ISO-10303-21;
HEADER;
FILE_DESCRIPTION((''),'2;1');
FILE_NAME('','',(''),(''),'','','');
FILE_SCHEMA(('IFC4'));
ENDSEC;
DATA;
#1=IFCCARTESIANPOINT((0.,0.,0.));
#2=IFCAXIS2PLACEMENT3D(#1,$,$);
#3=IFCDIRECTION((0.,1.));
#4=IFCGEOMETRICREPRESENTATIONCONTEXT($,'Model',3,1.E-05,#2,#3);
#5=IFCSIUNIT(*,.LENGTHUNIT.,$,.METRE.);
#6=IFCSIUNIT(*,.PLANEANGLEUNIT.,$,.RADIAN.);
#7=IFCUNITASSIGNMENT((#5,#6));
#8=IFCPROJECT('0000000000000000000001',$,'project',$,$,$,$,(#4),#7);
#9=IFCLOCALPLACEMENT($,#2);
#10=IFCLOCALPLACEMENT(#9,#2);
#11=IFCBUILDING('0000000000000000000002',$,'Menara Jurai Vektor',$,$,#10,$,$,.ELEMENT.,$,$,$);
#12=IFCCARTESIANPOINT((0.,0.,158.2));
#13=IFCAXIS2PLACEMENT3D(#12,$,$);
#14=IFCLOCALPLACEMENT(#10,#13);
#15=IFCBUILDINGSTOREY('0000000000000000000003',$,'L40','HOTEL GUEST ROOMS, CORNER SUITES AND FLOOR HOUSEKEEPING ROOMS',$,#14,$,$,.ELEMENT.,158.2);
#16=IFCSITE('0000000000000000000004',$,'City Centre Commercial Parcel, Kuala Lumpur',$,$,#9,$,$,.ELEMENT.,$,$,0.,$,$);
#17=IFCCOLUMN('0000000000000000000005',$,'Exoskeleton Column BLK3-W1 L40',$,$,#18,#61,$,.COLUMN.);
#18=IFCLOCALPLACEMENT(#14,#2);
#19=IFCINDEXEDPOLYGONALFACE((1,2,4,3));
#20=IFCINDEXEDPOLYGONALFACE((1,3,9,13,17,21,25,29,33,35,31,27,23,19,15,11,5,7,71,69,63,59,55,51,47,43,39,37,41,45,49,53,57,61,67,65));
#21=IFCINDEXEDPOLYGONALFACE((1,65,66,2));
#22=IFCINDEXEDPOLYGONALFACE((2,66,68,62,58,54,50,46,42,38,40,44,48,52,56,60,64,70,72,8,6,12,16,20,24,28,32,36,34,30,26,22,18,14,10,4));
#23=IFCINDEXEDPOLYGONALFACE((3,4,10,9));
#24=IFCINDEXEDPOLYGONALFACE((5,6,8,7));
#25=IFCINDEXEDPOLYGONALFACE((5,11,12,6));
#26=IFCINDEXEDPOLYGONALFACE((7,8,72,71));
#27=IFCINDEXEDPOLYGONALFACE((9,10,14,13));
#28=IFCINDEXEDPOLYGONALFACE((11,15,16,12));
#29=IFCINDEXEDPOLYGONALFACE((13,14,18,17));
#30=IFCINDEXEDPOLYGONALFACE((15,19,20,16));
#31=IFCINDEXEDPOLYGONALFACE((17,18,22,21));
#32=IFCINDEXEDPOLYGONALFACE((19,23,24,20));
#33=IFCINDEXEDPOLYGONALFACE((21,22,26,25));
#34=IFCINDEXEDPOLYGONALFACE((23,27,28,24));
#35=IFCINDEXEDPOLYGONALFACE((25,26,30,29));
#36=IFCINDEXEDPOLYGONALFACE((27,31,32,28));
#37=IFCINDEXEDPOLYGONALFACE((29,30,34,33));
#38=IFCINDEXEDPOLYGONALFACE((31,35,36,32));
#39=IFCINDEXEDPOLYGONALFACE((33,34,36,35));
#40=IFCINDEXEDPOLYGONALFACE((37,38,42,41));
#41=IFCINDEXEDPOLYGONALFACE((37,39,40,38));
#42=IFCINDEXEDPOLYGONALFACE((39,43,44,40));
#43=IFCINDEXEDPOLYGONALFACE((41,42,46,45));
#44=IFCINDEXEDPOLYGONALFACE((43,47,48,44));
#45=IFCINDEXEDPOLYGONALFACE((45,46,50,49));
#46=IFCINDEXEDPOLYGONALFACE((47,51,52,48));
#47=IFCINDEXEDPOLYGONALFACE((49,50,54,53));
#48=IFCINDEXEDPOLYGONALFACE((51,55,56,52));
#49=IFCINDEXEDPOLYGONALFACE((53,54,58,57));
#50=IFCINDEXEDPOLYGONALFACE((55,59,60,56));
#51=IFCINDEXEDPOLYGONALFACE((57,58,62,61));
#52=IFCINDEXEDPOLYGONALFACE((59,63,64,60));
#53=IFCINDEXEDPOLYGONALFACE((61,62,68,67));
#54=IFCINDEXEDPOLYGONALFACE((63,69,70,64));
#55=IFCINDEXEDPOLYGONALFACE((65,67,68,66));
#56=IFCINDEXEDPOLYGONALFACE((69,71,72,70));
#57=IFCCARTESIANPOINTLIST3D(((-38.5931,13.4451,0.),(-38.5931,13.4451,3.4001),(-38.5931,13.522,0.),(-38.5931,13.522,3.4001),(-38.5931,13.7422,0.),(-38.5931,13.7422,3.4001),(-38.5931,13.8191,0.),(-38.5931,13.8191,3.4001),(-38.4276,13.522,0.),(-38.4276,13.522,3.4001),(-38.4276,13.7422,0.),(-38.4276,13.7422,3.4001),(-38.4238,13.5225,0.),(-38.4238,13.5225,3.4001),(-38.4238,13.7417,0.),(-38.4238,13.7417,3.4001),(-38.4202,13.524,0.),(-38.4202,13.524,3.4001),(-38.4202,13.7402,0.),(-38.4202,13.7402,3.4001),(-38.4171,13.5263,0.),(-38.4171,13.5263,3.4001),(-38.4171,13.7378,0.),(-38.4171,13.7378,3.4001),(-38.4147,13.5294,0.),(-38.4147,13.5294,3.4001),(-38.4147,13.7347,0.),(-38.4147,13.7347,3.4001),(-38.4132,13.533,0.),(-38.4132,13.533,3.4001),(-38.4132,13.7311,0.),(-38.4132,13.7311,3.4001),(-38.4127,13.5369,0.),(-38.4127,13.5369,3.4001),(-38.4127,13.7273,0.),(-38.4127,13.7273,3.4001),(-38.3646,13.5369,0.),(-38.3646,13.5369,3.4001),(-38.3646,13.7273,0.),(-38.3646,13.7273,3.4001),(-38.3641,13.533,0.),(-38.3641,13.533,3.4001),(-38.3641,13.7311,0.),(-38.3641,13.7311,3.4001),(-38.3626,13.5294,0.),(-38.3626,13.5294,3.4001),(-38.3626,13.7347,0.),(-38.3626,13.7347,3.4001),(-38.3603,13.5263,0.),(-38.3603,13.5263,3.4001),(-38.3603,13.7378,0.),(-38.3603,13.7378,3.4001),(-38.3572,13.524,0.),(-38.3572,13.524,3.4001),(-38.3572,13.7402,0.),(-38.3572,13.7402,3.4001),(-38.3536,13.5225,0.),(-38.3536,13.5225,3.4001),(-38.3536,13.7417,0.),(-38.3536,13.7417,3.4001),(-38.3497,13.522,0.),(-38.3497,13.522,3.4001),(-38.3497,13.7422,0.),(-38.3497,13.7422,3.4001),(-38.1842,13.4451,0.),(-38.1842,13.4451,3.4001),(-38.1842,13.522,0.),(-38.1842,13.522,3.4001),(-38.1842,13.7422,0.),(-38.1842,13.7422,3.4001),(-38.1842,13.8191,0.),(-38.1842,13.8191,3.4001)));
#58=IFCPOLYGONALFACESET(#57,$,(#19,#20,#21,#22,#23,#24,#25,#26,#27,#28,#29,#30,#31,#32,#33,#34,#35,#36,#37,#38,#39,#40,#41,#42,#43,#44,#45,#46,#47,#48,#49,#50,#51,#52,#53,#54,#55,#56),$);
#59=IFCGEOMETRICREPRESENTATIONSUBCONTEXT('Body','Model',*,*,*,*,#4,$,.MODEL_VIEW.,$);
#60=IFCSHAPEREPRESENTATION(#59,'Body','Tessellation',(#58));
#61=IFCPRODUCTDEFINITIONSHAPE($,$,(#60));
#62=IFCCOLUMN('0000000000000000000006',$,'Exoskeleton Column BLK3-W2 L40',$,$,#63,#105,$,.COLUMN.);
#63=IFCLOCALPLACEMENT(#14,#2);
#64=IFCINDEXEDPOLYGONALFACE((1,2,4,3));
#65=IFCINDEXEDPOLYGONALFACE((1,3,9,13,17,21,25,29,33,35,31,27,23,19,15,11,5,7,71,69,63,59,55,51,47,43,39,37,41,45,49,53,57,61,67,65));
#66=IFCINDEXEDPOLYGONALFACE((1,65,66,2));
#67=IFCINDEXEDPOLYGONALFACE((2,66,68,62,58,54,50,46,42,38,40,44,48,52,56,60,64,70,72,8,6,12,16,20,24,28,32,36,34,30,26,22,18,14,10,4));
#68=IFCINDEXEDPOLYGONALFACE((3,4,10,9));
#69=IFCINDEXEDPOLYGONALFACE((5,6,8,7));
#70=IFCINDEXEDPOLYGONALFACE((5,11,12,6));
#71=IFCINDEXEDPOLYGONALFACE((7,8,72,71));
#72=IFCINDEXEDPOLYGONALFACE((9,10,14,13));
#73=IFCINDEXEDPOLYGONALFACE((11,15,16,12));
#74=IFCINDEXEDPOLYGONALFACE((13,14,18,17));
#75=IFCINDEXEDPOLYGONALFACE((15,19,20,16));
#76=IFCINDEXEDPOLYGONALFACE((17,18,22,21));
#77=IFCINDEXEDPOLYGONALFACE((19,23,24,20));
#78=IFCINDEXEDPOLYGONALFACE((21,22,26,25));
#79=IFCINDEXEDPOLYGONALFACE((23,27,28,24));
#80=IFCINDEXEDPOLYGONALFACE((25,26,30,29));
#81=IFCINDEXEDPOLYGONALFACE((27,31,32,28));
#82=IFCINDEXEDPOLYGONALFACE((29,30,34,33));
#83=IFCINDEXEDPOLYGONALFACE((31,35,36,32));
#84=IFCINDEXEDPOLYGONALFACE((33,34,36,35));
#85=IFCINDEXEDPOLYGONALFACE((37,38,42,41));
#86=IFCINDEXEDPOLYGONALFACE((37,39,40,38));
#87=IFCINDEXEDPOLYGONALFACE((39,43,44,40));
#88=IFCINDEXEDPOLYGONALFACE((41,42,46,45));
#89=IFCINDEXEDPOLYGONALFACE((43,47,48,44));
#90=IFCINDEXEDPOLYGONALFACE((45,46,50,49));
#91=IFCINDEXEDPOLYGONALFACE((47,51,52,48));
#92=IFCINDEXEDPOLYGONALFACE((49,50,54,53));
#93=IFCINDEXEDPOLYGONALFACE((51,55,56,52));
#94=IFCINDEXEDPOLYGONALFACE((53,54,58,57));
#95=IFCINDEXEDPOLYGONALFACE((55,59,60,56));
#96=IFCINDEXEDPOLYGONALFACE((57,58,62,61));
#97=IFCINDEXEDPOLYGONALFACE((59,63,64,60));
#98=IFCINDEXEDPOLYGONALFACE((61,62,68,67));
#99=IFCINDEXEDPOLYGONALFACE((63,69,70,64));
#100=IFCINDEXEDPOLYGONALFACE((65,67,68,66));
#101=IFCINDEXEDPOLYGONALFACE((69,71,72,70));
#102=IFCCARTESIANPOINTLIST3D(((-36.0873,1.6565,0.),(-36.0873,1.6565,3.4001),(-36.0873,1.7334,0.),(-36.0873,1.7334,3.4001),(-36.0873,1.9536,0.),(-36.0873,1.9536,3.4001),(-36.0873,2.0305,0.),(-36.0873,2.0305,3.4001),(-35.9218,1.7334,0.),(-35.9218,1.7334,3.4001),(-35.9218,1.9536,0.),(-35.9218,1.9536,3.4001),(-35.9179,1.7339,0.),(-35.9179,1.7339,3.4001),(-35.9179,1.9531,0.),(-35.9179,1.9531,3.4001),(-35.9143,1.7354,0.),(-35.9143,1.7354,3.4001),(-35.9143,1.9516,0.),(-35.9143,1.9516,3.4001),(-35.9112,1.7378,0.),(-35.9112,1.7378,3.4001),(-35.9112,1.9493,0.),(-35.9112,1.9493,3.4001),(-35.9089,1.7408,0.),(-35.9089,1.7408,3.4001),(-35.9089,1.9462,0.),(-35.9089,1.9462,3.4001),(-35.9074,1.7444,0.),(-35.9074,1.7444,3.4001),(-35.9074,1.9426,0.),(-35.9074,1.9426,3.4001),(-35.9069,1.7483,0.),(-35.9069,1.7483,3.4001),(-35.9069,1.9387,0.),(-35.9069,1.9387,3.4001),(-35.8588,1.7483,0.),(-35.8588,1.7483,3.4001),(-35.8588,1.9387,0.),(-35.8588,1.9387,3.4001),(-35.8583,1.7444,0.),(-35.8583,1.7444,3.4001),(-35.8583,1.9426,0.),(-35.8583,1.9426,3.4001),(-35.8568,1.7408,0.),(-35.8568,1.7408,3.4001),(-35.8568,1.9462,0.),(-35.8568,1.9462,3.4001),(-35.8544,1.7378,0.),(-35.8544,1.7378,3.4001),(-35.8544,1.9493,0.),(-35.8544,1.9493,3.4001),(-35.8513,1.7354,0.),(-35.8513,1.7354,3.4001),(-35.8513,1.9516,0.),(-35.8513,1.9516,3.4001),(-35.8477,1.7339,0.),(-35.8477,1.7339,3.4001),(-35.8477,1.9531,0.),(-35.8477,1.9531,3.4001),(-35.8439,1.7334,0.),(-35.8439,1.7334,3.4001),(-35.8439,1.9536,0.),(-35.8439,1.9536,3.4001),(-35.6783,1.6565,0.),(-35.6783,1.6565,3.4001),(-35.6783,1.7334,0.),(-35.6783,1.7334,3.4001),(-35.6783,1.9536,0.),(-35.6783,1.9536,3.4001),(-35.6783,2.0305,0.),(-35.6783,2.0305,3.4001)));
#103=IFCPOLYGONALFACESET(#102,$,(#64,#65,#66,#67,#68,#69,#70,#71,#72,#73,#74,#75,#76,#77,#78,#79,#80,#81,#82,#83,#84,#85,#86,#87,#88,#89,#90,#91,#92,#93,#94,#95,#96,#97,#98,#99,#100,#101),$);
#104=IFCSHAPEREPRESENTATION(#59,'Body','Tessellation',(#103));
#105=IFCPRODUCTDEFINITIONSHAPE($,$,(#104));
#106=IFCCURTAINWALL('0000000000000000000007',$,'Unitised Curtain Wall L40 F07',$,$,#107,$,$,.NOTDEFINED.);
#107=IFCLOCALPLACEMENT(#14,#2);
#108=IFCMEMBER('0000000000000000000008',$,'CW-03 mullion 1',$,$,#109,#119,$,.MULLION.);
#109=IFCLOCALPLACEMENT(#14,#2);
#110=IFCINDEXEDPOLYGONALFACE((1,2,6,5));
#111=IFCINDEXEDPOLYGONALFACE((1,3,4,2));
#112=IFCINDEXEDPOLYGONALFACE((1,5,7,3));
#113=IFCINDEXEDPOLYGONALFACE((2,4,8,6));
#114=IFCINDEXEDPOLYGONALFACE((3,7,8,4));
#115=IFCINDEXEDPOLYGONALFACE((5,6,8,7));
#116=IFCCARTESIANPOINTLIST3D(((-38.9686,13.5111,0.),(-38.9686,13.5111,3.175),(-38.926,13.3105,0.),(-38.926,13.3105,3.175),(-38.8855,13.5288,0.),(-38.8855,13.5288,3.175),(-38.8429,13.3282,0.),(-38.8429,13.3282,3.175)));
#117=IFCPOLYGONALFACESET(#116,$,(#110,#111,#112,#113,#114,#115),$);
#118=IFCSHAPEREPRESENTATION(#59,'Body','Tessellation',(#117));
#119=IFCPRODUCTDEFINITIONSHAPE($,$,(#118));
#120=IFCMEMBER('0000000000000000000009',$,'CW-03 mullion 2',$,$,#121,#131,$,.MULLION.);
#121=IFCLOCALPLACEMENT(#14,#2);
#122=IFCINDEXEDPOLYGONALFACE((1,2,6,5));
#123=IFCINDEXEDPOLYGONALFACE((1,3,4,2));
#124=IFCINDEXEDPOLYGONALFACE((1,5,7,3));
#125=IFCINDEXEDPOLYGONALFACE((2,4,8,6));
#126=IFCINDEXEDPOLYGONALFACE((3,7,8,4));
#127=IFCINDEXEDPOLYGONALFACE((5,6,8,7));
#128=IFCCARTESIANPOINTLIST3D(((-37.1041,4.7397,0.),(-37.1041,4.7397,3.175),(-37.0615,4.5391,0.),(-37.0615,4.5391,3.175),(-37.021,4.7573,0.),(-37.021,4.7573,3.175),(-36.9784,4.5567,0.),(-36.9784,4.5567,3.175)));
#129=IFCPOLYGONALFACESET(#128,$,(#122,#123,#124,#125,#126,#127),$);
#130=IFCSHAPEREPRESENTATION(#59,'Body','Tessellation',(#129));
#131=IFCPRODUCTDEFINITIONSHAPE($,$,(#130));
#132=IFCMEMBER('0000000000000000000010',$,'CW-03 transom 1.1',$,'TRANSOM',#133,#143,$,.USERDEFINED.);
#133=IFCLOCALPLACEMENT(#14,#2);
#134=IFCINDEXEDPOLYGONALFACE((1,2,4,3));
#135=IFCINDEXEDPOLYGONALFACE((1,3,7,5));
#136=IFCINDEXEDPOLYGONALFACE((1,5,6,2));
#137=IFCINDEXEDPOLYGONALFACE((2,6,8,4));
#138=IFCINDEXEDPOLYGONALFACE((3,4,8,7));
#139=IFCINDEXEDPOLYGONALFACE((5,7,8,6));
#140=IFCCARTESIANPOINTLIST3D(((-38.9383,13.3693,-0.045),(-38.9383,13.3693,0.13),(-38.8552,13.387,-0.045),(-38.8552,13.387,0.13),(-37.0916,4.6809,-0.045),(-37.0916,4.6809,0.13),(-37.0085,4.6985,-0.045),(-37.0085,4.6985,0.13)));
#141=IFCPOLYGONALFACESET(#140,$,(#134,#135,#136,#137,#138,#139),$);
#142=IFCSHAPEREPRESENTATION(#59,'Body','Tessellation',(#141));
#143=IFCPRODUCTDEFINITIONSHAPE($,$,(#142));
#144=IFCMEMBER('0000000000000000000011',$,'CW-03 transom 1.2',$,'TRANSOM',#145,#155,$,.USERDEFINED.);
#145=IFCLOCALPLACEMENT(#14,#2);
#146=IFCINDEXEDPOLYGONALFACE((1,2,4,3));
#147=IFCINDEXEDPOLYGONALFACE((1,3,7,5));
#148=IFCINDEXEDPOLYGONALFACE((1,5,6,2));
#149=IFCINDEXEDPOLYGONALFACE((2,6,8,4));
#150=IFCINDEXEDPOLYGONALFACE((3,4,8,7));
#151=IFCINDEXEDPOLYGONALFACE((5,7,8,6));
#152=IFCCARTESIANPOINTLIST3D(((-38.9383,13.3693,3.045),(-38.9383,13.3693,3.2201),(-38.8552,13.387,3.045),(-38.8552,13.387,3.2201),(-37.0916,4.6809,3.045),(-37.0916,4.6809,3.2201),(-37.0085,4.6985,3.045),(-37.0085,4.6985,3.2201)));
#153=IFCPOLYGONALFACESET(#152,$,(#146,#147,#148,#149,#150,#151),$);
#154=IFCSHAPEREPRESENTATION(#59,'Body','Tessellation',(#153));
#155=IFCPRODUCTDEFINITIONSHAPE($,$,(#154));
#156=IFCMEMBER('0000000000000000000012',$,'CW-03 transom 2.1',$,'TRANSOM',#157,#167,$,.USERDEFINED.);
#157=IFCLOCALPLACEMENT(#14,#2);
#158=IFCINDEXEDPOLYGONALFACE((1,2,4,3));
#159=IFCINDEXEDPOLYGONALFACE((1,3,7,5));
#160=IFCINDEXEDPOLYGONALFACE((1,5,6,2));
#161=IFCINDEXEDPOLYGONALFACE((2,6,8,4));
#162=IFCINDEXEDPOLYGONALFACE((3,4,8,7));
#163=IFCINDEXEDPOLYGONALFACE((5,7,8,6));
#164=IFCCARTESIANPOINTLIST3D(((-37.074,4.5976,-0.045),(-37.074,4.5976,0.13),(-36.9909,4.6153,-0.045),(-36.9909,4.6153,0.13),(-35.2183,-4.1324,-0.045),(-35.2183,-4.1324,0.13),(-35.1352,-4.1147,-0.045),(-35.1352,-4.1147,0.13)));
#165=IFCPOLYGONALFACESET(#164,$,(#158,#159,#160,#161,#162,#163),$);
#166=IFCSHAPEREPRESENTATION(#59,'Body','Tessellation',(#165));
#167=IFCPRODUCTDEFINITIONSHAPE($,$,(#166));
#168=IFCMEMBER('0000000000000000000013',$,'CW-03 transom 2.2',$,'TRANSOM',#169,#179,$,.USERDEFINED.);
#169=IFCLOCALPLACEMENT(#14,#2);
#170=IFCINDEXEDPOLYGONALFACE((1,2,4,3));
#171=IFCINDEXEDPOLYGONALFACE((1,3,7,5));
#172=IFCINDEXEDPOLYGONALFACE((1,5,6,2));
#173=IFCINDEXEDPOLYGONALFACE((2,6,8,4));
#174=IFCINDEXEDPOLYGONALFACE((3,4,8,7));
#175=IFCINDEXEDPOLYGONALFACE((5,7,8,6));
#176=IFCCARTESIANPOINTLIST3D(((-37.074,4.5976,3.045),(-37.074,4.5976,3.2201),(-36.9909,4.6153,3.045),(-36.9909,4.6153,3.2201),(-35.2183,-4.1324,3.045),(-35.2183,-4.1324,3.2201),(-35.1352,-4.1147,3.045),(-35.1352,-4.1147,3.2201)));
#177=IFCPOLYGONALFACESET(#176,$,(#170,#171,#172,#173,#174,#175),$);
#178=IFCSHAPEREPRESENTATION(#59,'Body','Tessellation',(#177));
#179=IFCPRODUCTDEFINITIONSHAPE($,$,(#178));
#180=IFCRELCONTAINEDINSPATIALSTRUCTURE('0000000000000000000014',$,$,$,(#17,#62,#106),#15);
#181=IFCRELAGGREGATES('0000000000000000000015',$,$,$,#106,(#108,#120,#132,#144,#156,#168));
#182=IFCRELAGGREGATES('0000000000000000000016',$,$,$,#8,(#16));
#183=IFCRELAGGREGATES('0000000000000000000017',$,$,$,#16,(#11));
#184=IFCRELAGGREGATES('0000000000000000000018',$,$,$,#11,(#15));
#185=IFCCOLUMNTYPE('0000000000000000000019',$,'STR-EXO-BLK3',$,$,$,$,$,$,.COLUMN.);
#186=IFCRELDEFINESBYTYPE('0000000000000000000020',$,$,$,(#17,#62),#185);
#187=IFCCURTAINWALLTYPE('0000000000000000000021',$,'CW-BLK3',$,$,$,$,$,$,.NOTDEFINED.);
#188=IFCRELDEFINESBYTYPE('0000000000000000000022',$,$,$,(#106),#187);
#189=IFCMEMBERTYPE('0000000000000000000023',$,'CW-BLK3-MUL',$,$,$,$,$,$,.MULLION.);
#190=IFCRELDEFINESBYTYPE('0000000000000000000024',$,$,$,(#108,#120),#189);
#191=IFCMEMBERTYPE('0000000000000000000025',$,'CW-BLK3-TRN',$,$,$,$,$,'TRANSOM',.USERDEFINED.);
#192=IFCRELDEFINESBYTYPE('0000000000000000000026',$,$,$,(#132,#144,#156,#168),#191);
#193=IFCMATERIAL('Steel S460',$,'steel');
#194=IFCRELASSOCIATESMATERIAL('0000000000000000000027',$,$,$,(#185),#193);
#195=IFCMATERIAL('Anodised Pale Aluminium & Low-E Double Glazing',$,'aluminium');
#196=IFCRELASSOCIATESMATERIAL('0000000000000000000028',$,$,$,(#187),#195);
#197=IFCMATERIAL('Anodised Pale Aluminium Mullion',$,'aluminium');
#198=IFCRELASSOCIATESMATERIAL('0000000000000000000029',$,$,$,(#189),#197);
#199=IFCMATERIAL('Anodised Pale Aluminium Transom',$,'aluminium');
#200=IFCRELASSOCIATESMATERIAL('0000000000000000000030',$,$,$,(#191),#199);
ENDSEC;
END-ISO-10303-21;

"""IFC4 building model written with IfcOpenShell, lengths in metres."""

from ifc_helpers import new_model, si_unit, direction, frame, origin, origin_2d, place, context, subcontext, project, spatial, rectangle, i_section, extrude, material, material_profile, profile_set, type_object, element, aggregate, save


model = new_model("IFC4")

# Units and contexts
model_context = context("Model", 3, precision=1e-05, world=origin(), true_north=direction((0.0, 1.0)))
body_context = subcontext(model_context, "Body", "Model", "MODEL_VIEW")
ifc_project = project(units=[si_unit("LENGTHUNIT", "METRE"), si_unit("PLANEANGLEUNIT", "RADIAN")], contexts=[model_context])

# Site, building, storey
site_placement = place(None, origin())
site = spatial("IfcSite", under=ifc_project, at=site_placement, Name="City Centre Commercial Parcel, Kuala Lumpur", CompositionType="ELEMENT", RefElevation=0.0)
building_placement = place(site_placement, origin())
building = spatial("IfcBuilding", under=site, at=building_placement, Name="Menara Jurai Vektor", CompositionType="ELEMENT")
storey_placement = place(building_placement, frame((0.0, 0.0, 158.2)))
storey = spatial("IfcBuildingStorey", under=building, at=storey_placement, Name="L40", Description="HOTEL GUEST ROOMS, CORNER SUITES AND FLOOR HOUSEKEEPING ROOMS", CompositionType="ELEMENT", Elevation=158.2)

# Columns
ifc_material_1 = material(Name="Steel S460", Category="steel")
ifc_material_profile_1 = material_profile(ifc_material_1, i_section(OverallWidth=0.4089, OverallDepth=0.374, WebThickness=0.0481, FlangeThickness=0.0769, FilletRadius=0.0149, at=origin_2d()), Name="HD 400x634")
ifc_profile_set_1 = profile_set([ifc_material_profile_1], Name="Steel S460")
column_type = type_object("IfcColumnType", Name="STR-EXO-BLK3", PredefinedType="COLUMN", material=ifc_profile_set_1)
for number, where, z_axis, x_axis, name in (
    (1, (-38.3887, 13.6321, 0.0), (0.0, 0.0, 1.0), (1.0, 0.0, 0.0), "Exoskeleton Column BLK3-W1 L40"),
    (2, (-35.8828, 1.8435, 0.0), (0.0, 0.0, 1.0), (1.0, 0.0, 0.0), "Exoskeleton Column BLK3-W2 L40"),
):
    element("IfcColumn", number, at=place(storey_placement, frame(where, z_axis=z_axis, x_axis=x_axis)), inside=storey, type_object=column_type, Name=name, PredefinedType="COLUMN", context=body_context, shape_type="SweptSolid", body=[
        extrude(i_section(OverallWidth=0.4089, OverallDepth=0.374, WebThickness=0.0481, FlangeThickness=0.0769, FilletRadius=0.0149, at=origin_2d()), origin(), (0.0, 0.0, 1.0), 3.4001),
    ])

# Curtain wall, members
ifc_material_2 = material(Name="Anodised Pale Aluminium & Low-E Double Glazing", Category="aluminium")
curtain_wall_type = type_object("IfcCurtainWallType", Name="CW-BLK3", PredefinedType="NOTDEFINED", material=ifc_material_2)
curtain_wall_placement = place(storey_placement, origin())
curtain_wall = element("IfcCurtainWall", 3, at=curtain_wall_placement, inside=storey, type_object=curtain_wall_type, Name="Unitised Curtain Wall L40 F07", PredefinedType="NOTDEFINED")
ifc_material_3 = material(Name="Anodised Pale Aluminium Mullion", Category="aluminium")
ifc_material_profile_2 = material_profile(ifc_material_3, rectangle(XDim=0.085, YDim=0.2051, at=origin_2d()), Name="ALU MUL 85x205")
ifc_profile_set_2 = profile_set([ifc_material_profile_2], Name="Anodised Pale Aluminium Mullion")
member_type_1 = type_object("IfcMemberType", Name="CW-BLK3-MUL", PredefinedType="MULLION", material=ifc_profile_set_2)
member_1_placement = place(storey_placement, frame((-38.9058, 13.4197, 0.0), z_axis=(0.0, 0.0, 1.0), x_axis=(0.978148, 0.20791, 0.0)))
member_1 = element("IfcMember", 4, at=member_1_placement, type_object=member_type_1, Name="CW-03 mullion 1", PredefinedType="MULLION", context=body_context, shape_type="SweptSolid", body=[
    extrude(rectangle(XDim=0.085, YDim=0.2051, at=origin_2d()), origin(), (0.0, 0.0, 1.0), 3.175),
])
member_2_placement = place(storey_placement, frame((-37.0413, 4.6482, 0.0), z_axis=(0.0, 0.0, 1.0), x_axis=(0.978148, 0.20791, 0.0)))
member_2 = element("IfcMember", 5, at=member_2_placement, type_object=member_type_1, Name="CW-03 mullion 2", PredefinedType="MULLION", context=body_context, shape_type="SweptSolid", body=[
    extrude(rectangle(XDim=0.085, YDim=0.2051, at=origin_2d()), origin(), (0.0, 0.0, 1.0), 3.175),
])
ifc_material_4 = material(Name="Anodised Pale Aluminium Transom", Category="aluminium")
ifc_material_profile_3 = material_profile(ifc_material_4, rectangle(XDim=0.085, YDim=0.175, at=origin_2d()), Name="ALU TRN 85x175")
ifc_profile_set_3 = profile_set([ifc_material_profile_3], Name="Anodised Pale Aluminium Transom")
member_type_2 = type_object("IfcMemberType", Name="CW-BLK3-TRN", ElementType="TRANSOM", PredefinedType="USERDEFINED", material=ifc_profile_set_3)
member_3_placement = place(storey_placement, frame((-38.8967, 13.3782, 0.0425), z_axis=(0.2079, -0.97815, 0.0), x_axis=(0.97815, 0.2079, 0.0)))
member_3 = element("IfcMember", 6, at=member_3_placement, type_object=member_type_2, Name="CW-03 transom 1.1", ObjectType="TRANSOM", PredefinedType="USERDEFINED", context=body_context, shape_type="SweptSolid", body=[
    extrude(rectangle(XDim=0.085, YDim=0.175, at=origin_2d()), origin(), (0.0, 0.0, 1.0), 8.8826),
])
member_4_placement = place(storey_placement, frame((-38.8967, 13.3782, 3.1326), z_axis=(0.2079, -0.97815, 0.0), x_axis=(0.97815, 0.2079, 0.0)))
member_4 = element("IfcMember", 7, at=member_4_placement, type_object=member_type_2, Name="CW-03 transom 1.2", ObjectType="TRANSOM", PredefinedType="USERDEFINED", context=body_context, shape_type="SweptSolid", body=[
    extrude(rectangle(XDim=0.085, YDim=0.175, at=origin_2d()), origin(), (0.0, 0.0, 1.0), 8.8826),
])
member_5_placement = place(storey_placement, frame((-37.0325, 4.6064, 0.0425), z_axis=(0.207922, -0.978145, 0.0), x_axis=(0.978145, 0.207922, 0.0)))
member_5 = element("IfcMember", 8, at=member_5_placement, type_object=member_type_2, Name="CW-03 transom 2.1", ObjectType="TRANSOM", PredefinedType="USERDEFINED", context=body_context, shape_type="SweptSolid", body=[
    extrude(rectangle(XDim=0.085, YDim=0.175, at=origin_2d()), origin(), (0.0, 0.0, 1.0), 8.925),
])
member_6_placement = place(storey_placement, frame((-37.0325, 4.6064, 3.1326), z_axis=(0.207922, -0.978145, 0.0), x_axis=(0.978145, 0.207922, 0.0)))
member_6 = element("IfcMember", 9, at=member_6_placement, type_object=member_type_2, Name="CW-03 transom 2.2", ObjectType="TRANSOM", PredefinedType="USERDEFINED", context=body_context, shape_type="SweptSolid", body=[
    extrude(rectangle(XDim=0.085, YDim=0.175, at=origin_2d()), origin(), (0.0, 0.0, 1.0), 8.925),
])

aggregate(curtain_wall, [member_1, member_2, member_3, member_4, member_5, member_6])

save(model, "model.ifc")
